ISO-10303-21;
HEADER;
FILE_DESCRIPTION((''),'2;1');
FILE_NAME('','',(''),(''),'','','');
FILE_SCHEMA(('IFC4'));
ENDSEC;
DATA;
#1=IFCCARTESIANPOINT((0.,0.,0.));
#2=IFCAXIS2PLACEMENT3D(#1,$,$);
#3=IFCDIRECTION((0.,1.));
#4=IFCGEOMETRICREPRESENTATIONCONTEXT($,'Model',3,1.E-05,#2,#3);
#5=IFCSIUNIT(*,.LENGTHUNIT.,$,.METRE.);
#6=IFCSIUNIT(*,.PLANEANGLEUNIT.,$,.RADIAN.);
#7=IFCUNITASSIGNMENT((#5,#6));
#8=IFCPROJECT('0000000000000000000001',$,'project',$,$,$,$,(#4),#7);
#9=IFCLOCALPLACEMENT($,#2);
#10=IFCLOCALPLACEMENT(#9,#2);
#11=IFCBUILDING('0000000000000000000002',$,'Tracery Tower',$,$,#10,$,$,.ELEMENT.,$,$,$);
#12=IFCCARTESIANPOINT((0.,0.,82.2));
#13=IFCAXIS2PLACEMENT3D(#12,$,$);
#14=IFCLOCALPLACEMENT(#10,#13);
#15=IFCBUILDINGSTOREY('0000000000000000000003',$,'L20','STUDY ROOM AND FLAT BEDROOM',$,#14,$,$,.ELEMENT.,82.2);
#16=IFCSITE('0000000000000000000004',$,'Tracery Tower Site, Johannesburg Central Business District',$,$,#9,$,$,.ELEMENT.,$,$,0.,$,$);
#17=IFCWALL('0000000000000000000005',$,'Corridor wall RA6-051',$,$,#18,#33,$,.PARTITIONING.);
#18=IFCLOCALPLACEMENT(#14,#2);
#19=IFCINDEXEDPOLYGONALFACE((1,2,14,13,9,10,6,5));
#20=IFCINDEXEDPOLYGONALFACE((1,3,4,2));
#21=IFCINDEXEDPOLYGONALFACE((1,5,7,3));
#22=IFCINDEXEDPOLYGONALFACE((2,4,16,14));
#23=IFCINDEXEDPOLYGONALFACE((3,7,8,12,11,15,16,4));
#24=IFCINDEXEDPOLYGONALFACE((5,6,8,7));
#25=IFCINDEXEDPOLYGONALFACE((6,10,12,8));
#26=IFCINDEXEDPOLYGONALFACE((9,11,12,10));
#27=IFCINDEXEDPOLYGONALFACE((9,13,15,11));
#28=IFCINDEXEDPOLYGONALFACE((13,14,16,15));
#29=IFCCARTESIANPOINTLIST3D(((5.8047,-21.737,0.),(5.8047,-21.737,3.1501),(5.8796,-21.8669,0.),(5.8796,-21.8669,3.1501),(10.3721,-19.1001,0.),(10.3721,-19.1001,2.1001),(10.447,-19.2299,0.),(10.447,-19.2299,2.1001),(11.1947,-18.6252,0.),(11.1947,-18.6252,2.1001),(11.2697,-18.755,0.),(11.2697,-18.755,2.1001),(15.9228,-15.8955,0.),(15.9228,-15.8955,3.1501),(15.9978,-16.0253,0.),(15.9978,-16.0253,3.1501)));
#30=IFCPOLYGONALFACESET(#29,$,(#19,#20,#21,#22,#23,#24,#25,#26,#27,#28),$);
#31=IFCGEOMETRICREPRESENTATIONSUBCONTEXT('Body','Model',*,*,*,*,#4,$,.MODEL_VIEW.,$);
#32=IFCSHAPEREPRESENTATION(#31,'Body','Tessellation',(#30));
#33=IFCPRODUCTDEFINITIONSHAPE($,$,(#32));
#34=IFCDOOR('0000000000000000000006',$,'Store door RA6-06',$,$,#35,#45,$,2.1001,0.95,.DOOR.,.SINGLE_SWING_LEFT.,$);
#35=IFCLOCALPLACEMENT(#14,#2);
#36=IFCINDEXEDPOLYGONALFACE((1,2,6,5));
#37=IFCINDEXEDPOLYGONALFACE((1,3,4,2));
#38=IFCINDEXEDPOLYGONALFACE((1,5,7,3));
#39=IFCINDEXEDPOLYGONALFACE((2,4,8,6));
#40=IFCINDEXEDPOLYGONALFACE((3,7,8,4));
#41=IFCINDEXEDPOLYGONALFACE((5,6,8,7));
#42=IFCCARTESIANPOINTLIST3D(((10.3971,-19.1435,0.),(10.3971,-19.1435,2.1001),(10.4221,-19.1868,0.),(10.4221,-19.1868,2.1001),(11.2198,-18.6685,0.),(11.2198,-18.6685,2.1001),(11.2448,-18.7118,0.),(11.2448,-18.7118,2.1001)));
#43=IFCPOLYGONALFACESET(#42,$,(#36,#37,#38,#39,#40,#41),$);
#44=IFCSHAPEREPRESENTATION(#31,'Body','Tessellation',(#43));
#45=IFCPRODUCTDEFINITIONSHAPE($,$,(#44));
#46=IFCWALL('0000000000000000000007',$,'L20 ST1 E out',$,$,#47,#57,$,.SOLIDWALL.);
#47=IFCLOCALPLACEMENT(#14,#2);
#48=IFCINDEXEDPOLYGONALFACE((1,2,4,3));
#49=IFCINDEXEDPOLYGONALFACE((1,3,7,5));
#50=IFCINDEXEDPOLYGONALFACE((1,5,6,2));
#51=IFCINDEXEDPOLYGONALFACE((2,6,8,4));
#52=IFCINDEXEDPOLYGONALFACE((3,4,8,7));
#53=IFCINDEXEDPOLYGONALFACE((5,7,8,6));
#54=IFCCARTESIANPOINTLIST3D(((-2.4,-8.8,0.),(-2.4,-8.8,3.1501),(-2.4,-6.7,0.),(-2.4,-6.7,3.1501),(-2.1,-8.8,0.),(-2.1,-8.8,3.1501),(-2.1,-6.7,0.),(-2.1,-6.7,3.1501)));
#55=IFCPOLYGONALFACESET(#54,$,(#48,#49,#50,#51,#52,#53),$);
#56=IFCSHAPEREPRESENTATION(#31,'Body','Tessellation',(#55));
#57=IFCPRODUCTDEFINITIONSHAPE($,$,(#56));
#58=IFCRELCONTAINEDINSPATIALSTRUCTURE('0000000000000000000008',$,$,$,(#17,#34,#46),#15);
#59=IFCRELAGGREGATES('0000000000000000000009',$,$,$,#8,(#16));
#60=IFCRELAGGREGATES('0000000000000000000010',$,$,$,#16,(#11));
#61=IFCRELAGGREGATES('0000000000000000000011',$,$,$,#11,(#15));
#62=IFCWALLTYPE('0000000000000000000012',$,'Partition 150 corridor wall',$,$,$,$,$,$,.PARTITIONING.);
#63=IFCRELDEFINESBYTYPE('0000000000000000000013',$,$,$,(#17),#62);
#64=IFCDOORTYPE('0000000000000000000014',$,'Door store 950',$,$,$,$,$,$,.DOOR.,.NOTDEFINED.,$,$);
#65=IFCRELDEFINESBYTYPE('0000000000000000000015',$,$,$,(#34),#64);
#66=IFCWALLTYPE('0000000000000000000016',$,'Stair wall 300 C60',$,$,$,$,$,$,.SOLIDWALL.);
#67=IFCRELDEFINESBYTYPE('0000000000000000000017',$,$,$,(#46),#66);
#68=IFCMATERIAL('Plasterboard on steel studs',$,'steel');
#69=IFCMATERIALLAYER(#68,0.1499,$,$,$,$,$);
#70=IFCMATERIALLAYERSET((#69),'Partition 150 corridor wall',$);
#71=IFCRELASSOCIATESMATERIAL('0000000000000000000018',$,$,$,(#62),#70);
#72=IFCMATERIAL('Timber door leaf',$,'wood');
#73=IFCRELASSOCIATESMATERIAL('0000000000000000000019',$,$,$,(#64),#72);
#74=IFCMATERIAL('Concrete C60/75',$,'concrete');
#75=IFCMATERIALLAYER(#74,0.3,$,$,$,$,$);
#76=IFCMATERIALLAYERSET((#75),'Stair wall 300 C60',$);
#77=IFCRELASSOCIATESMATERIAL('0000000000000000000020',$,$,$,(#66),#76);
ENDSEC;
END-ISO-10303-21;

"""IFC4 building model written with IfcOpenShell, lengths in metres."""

from ifc_helpers import new_model, si_unit, direction, frame, frame_2d, origin, place, context, subcontext, project, spatial, rectangle, extrude, material, layer, layer_set, type_object, element, fill, save


model = new_model("IFC4")

# Units and contexts
model_context = context("Model", 3, precision=1e-05, world=origin(), true_north=direction((0.0, 1.0)))
body_context = subcontext(model_context, "Body", "Model", "MODEL_VIEW")
ifc_project = project(units=[si_unit("LENGTHUNIT", "METRE"), si_unit("PLANEANGLEUNIT", "RADIAN")], contexts=[model_context])

# Site, building, storey
site_placement = place(None, origin())
site = spatial("IfcSite", under=ifc_project, at=site_placement, Name="Tracery Tower Site, Johannesburg Central Business District", CompositionType="ELEMENT", RefElevation=0.0)
building_placement = place(site_placement, origin())
building = spatial("IfcBuilding", under=site, at=building_placement, Name="Tracery Tower", CompositionType="ELEMENT")
storey_placement = place(building_placement, frame((0.0, 0.0, 82.2)))
storey = spatial("IfcBuildingStorey", under=building, at=storey_placement, Name="L20", Description="STUDY ROOM AND FLAT BEDROOM", CompositionType="ELEMENT", Elevation=82.2)

# Shared definitions
ifc_material_1 = material(Name="Plasterboard on steel studs", Category="steel")
ifc_layer_1 = layer(ifc_material_1, 0.1499)
ifc_layer_set_1 = layer_set([ifc_layer_1], Name="Partition 150 corridor wall")
wall_type_1 = type_object("IfcWallType", Name="Partition 150 corridor wall", PredefinedType="PARTITIONING", material=ifc_layer_set_1)

# Wall, opening, door
wall_1_placement = place(storey_placement, frame((5.842, -21.802, 0.0), z_axis=(0.0, 0.0, 1.0), x_axis=(0.866032, 0.499989, 0.0)))
wall_1 = element("IfcWall", 1, at=wall_1_placement, inside=storey, type_object=wall_type_1, Name="Corridor wall RA6-051", PredefinedType="PARTITIONING", context=body_context, shape_type="SweptSolid", body=[
    extrude(rectangle(XDim=11.6833, YDim=0.1499, at=frame_2d((5.8418, 0.0))), origin(), (0.0, 0.0, 1.0), 3.1501),
])
opening_1_placement = place(wall_1_placement, frame((5.2739, 0.0, 0.0)))
opening_1 = element("IfcOpeningElement", 2, at=opening_1_placement, cuts=wall_1, PredefinedType="OPENING", context=body_context, shape_type="SweptSolid", body=[
    extrude(rectangle(XDim=0.95, YDim=2.1001, at=frame_2d((0.4751, 1.05))), frame((0.0, 0.075, 0.0), z_axis=(0.0, -1.0, 0.0), x_axis=(1.0, 0.0, 0.0)), (0.0, 0.0, 1.0), 0.1499),
])
ifc_material_2 = material(Name="Timber door leaf", Category="wood")
door_type = type_object("IfcDoorType", Name="Door store 950", OperationType="NOTDEFINED", PredefinedType="DOOR", material=ifc_material_2)
door_placement = place(opening_1_placement, origin())
door = element("IfcDoor", 3, at=door_placement, inside=storey, type_object=door_type, Name="Store door RA6-06", OperationType="SINGLE_SWING_LEFT", OverallHeight=2.1001, OverallWidth=0.95, PredefinedType="DOOR", context=body_context, shape_type="SweptSolid", body=[
    extrude(rectangle(XDim=0.95, YDim=2.1001, at=frame_2d((0.4751, 1.05))), frame((0.0, 0.0249, 0.0), z_axis=(0.0, -1.0, 0.0), x_axis=(1.0, 0.0, 0.0)), (0.0, 0.0, 1.0), 0.05),
])
fill(opening_1, door)

# Wall
ifc_material_3 = material(Name="Concrete C60/75", Category="concrete")
ifc_layer_2 = layer(ifc_material_3, 0.3)
ifc_layer_set_2 = layer_set([ifc_layer_2], Name="Stair wall 300 C60")
wall_type_2 = type_object("IfcWallType", Name="Stair wall 300 C60", PredefinedType="SOLIDWALL", material=ifc_layer_set_2)
wall_2_placement = place(storey_placement, frame((-2.25, -8.8, 0.0), z_axis=(0.0, 0.0, 1.0), x_axis=(0.0, 1.0, 0.0)))
element("IfcWall", 4, at=wall_2_placement, inside=storey, type_object=wall_type_2, Name="L20 ST1 E out", PredefinedType="SOLIDWALL", context=body_context, shape_type="SweptSolid", body=[
    extrude(rectangle(XDim=2.1001, YDim=0.3, at=frame_2d((1.05, 0.0))), origin(), (0.0, 0.0, 1.0), 3.1501),
])

save(model, "model.ifc")
